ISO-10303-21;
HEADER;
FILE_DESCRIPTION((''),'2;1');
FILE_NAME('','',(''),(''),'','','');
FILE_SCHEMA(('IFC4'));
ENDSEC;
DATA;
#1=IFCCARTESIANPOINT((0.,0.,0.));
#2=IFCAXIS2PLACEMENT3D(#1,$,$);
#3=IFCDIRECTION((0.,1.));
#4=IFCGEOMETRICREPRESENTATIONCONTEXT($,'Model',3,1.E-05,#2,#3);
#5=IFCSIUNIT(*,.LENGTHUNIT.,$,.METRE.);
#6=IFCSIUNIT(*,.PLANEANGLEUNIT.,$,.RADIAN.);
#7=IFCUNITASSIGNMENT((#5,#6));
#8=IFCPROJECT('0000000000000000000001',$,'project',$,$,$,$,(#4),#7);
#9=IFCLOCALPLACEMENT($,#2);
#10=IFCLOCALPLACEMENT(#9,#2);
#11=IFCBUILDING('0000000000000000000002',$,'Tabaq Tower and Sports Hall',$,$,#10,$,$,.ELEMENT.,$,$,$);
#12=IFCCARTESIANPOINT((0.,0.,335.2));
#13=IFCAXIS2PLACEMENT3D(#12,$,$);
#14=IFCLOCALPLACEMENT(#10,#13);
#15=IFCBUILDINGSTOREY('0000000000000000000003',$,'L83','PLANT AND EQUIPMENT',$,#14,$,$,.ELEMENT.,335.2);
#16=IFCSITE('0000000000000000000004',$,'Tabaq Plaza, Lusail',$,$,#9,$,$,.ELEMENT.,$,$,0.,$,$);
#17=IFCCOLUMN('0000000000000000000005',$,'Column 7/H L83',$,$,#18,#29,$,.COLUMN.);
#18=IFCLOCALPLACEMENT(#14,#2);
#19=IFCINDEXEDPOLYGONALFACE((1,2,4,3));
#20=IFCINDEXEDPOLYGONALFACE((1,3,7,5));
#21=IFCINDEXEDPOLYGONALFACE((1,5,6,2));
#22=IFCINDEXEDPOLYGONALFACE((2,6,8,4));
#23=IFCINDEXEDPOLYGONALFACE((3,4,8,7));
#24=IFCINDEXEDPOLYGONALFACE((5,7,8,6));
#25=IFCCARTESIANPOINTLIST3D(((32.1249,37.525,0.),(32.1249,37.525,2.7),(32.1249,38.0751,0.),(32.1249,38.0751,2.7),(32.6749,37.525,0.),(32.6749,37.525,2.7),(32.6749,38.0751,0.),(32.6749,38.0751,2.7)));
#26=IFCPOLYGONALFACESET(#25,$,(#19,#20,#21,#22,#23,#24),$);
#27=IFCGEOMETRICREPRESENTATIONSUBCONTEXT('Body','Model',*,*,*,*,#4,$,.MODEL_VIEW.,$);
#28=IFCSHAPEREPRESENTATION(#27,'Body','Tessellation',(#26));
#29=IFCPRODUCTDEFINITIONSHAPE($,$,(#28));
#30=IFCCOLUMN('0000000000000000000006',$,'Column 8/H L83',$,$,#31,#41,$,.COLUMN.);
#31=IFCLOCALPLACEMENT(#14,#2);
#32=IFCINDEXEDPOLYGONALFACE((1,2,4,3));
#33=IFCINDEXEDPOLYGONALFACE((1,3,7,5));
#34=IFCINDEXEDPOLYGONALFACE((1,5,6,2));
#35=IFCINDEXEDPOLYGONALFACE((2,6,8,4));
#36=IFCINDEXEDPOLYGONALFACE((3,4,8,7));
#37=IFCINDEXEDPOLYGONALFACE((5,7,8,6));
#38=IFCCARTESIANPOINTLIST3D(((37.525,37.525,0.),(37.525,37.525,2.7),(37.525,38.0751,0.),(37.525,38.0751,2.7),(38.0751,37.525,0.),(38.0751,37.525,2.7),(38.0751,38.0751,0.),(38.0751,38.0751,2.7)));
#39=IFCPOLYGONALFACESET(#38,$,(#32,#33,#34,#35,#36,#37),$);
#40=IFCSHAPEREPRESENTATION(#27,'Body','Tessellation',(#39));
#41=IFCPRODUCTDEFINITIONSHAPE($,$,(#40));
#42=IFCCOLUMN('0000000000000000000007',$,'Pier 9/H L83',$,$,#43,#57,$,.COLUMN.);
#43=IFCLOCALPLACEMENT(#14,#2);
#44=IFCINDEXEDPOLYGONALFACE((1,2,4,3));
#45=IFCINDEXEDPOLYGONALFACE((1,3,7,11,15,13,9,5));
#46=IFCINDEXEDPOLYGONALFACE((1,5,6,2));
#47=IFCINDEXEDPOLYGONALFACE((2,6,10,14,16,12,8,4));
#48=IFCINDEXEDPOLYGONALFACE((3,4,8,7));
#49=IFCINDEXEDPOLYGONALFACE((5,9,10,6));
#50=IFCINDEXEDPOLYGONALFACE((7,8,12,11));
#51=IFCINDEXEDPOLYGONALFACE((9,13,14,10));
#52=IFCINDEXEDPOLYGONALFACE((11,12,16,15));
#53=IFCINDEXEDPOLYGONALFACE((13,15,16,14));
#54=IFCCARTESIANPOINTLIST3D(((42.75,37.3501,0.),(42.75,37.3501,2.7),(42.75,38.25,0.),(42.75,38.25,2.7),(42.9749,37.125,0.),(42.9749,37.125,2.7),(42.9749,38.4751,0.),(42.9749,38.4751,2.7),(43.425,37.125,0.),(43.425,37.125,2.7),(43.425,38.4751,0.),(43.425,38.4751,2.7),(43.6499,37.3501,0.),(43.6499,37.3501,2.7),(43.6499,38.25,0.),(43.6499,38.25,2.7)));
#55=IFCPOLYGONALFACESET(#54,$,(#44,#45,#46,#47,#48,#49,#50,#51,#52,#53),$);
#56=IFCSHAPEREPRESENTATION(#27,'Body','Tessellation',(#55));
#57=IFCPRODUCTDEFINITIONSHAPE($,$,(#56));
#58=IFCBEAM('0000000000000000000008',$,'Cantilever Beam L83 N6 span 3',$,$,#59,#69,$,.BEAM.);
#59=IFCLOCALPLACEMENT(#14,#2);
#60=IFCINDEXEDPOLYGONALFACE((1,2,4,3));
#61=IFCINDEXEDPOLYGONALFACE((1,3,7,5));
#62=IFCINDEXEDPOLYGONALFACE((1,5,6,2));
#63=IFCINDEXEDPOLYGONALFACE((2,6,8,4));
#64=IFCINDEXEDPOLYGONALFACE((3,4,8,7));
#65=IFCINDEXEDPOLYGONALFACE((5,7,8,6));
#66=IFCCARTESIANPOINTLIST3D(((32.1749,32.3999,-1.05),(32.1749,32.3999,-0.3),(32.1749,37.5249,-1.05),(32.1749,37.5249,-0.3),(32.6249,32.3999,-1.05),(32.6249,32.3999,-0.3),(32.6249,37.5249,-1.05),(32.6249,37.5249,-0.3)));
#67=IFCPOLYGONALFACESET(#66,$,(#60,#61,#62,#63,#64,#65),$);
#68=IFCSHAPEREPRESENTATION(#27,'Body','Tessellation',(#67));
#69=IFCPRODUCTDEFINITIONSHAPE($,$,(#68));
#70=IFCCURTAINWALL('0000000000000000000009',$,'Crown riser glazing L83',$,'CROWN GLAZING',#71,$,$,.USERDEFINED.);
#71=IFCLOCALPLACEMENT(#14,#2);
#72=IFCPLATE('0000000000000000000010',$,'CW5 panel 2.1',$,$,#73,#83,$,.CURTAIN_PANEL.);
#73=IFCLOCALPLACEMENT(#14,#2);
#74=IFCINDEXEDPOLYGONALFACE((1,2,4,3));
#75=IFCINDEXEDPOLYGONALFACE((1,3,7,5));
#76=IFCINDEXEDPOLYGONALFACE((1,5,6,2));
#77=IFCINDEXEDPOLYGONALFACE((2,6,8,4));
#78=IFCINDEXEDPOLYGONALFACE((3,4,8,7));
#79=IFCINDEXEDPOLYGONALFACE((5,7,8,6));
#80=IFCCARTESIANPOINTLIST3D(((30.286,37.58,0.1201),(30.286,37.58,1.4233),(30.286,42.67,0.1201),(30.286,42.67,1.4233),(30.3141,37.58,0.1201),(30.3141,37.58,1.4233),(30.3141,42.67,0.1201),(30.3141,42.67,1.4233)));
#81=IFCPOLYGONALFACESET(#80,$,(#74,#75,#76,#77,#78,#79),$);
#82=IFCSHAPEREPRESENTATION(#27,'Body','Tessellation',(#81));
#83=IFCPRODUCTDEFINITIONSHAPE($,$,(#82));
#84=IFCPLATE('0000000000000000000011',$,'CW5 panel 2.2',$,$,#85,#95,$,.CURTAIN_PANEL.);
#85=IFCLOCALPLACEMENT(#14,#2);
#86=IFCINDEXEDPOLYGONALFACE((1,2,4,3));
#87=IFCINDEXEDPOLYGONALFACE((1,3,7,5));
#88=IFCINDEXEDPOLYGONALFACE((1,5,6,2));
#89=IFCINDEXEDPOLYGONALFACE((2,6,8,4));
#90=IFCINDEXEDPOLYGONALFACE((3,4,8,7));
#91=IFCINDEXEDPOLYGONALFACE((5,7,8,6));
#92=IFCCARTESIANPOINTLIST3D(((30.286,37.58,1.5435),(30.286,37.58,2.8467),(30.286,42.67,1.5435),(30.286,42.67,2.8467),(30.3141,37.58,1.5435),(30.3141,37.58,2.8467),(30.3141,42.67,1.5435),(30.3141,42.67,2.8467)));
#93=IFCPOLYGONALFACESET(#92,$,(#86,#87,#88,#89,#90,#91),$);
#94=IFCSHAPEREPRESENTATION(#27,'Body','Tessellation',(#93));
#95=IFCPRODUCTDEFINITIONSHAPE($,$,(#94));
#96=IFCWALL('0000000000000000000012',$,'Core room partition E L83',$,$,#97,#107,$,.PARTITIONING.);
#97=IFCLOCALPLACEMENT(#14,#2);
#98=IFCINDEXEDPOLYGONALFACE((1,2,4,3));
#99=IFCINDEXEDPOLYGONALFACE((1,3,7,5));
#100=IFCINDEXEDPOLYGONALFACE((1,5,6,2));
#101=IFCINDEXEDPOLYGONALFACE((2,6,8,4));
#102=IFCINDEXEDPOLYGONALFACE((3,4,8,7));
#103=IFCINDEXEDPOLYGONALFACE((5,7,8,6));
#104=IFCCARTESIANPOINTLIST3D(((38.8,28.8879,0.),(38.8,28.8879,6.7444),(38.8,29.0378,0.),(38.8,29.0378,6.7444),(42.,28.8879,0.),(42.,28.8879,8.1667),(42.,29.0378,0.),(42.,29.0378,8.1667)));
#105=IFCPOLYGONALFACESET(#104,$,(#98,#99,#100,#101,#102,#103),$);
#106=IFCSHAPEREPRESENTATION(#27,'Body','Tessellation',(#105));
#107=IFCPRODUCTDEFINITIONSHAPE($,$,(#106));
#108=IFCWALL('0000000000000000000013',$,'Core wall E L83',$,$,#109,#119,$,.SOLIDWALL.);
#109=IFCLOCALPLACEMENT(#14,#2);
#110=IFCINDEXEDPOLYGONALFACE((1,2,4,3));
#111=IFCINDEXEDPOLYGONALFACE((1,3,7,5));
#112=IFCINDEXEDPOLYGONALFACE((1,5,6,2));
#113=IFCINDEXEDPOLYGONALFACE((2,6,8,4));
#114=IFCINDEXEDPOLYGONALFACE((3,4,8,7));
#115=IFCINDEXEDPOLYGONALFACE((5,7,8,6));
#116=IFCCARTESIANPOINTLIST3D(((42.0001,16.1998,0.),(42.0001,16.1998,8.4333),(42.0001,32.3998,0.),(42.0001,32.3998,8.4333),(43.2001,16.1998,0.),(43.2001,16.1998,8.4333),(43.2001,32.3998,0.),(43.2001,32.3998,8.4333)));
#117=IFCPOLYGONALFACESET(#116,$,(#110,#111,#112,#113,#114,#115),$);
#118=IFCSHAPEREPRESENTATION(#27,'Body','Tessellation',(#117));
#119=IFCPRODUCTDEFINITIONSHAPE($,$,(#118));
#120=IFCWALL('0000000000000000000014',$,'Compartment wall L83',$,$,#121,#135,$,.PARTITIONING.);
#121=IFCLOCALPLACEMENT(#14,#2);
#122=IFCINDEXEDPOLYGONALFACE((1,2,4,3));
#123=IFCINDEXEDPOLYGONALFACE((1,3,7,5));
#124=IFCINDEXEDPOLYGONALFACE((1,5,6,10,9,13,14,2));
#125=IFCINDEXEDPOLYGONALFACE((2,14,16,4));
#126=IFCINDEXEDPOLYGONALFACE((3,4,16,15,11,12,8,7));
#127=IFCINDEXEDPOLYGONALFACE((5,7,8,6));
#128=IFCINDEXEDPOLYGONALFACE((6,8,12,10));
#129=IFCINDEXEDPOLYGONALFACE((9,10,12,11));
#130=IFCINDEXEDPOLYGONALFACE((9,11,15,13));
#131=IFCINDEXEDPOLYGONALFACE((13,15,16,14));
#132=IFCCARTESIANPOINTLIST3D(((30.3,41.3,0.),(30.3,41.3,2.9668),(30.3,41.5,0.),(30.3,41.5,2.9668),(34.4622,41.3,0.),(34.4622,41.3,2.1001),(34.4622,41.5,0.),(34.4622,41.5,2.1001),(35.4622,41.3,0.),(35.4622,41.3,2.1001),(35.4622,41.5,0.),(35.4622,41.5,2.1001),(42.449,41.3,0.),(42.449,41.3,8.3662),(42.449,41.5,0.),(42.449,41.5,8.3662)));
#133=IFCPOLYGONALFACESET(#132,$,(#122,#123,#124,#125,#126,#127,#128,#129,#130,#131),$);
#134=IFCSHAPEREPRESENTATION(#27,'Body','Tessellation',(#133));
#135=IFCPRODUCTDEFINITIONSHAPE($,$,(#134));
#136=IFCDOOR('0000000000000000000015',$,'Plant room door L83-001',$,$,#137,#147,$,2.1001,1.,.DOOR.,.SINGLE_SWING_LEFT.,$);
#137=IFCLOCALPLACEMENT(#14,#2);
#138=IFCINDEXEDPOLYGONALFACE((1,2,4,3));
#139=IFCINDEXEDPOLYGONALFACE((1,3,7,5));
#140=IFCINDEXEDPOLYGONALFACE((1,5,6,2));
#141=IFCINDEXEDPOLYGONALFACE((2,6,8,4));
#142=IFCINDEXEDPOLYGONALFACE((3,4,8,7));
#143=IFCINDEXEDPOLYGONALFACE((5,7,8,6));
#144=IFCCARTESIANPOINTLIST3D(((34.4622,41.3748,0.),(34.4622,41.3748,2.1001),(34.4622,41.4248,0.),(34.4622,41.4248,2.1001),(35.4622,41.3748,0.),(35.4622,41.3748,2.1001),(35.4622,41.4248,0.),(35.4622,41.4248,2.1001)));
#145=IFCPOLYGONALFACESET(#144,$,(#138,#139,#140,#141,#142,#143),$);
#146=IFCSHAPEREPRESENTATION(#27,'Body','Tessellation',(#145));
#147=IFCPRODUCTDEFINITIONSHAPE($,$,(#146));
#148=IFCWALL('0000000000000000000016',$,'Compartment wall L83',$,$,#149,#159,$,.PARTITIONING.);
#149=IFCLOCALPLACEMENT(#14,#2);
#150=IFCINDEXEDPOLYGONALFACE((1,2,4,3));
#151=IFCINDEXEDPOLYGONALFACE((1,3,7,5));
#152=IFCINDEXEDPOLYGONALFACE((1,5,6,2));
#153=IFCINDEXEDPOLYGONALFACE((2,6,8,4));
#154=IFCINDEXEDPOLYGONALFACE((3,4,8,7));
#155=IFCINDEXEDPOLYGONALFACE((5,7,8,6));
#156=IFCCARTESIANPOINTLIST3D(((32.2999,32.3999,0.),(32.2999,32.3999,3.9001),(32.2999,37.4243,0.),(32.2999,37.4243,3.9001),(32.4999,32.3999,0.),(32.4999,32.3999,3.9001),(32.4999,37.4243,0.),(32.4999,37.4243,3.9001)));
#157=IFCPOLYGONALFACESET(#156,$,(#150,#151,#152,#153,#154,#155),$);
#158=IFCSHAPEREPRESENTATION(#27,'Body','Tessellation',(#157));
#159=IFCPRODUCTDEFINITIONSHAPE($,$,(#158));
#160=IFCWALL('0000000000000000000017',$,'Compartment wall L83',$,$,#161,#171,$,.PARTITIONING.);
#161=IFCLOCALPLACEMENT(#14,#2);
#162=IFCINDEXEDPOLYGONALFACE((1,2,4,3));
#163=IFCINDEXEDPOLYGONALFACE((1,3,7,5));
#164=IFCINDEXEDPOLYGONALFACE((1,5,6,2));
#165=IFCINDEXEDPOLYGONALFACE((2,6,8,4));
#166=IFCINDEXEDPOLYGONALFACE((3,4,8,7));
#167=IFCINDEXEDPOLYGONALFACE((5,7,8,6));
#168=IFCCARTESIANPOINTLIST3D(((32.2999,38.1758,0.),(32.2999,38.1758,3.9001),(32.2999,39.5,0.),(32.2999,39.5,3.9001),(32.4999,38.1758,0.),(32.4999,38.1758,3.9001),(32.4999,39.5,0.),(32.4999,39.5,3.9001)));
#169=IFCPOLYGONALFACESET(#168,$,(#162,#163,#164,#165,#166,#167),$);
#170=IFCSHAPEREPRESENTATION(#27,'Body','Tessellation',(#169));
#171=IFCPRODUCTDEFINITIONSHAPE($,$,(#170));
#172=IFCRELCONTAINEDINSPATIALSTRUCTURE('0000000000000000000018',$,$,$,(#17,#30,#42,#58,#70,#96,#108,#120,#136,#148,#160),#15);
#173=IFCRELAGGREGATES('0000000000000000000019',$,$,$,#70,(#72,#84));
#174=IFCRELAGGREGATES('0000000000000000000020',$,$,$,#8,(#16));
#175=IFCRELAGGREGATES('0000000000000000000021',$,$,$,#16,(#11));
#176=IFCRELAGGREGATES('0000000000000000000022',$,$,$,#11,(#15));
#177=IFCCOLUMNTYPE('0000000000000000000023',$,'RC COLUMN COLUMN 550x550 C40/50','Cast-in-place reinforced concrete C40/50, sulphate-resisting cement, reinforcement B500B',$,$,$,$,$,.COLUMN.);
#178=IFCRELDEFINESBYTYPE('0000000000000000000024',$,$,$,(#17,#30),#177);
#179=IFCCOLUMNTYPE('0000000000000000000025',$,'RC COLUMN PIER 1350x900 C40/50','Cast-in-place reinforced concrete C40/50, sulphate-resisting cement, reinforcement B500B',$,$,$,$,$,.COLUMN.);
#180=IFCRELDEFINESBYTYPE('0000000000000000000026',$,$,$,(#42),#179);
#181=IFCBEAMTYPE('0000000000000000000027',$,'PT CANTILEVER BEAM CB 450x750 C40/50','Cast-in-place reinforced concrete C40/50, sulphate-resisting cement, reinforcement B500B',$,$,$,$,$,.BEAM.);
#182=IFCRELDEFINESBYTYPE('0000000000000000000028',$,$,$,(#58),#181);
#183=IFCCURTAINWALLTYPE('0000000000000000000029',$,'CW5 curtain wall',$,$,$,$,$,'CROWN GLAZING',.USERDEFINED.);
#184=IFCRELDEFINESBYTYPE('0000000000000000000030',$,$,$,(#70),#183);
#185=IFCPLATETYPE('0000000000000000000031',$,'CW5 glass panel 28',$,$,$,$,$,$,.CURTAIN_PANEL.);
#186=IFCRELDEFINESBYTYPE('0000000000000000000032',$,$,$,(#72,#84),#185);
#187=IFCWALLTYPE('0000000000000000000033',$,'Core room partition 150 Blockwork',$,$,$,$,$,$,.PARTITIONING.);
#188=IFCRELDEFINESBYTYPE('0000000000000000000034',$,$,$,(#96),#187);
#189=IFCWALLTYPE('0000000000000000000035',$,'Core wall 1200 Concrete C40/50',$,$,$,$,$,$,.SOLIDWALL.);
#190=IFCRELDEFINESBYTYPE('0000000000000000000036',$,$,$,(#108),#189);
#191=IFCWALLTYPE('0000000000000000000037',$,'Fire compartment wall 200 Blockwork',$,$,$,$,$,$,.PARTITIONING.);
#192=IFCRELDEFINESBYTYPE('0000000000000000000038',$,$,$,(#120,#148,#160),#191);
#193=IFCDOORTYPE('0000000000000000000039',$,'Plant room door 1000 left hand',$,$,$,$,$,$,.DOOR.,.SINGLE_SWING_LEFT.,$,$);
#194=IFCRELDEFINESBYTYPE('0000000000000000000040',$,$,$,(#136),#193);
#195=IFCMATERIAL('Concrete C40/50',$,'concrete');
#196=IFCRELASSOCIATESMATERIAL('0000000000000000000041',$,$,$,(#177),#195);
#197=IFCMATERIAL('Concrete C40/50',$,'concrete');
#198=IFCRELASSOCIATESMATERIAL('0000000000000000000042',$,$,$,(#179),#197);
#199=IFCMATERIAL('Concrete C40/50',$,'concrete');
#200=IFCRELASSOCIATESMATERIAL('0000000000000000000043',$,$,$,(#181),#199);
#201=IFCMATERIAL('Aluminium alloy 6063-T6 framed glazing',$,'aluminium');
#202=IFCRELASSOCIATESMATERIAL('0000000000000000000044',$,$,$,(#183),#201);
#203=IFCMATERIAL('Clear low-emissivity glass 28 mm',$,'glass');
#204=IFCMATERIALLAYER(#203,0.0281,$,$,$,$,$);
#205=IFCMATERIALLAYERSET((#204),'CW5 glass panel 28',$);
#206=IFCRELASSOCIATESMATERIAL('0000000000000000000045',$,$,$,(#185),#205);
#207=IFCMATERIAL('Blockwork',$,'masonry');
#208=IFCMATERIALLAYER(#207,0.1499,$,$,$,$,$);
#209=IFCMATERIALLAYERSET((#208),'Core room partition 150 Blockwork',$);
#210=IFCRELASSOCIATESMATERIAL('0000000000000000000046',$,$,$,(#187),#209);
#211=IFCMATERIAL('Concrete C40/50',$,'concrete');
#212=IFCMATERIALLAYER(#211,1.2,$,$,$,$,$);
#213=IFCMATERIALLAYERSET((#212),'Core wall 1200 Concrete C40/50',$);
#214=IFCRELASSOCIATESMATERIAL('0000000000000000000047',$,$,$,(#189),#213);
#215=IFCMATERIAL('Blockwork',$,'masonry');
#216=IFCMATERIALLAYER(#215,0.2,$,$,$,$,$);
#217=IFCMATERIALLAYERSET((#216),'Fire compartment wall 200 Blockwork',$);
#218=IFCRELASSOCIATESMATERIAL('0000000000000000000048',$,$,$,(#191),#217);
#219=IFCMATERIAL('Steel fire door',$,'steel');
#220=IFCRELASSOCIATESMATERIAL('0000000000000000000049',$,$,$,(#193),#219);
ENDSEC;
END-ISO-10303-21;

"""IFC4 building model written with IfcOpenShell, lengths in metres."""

from ifc_helpers import new_model, si_unit, direction, frame, frame_2d, origin, origin_2d, place, context, subcontext, project, spatial, polyline, rectangle, outline, extrude, material, layer, layer_set, material_profile, profile_set, type_object, element, fill, aggregate, save


model = new_model("IFC4")

# Units and contexts
model_context = context("Model", 3, precision=1e-05, world=origin(), true_north=direction((0.0, 1.0)))
body_context = subcontext(model_context, "Body", "Model", "MODEL_VIEW")
ifc_project = project(units=[si_unit("LENGTHUNIT", "METRE"), si_unit("PLANEANGLEUNIT", "RADIAN")], contexts=[model_context])

# Site, building, storey
site_placement = place(None, origin())
site = spatial("IfcSite", under=ifc_project, at=site_placement, Name="Tabaq Plaza, Lusail", CompositionType="ELEMENT", RefElevation=0.0)
building_placement = place(site_placement, origin())
building = spatial("IfcBuilding", under=site, at=building_placement, Name="Tabaq Tower and Sports Hall", CompositionType="ELEMENT")
storey_placement = place(building_placement, frame((0.0, 0.0, 335.2)))
storey = spatial("IfcBuildingStorey", under=building, at=storey_placement, Name="L83", Description="PLANT AND EQUIPMENT", CompositionType="ELEMENT", Elevation=335.2)

# Columns
ifc_material_1 = material(Name="Concrete C40/50", Category="concrete")
ifc_material_profile_1 = material_profile(ifc_material_1, rectangle(XDim=0.55, YDim=0.55, at=origin_2d()), Name="COLUMN 550x550")
ifc_profile_set_1 = profile_set([ifc_material_profile_1], Name="Concrete C40/50")
column_type_1 = type_object("IfcColumnType", Name="RC COLUMN COLUMN 550x550 C40/50", Description="Cast-in-place reinforced concrete C40/50, sulphate-resisting cement, reinforcement B500B", PredefinedType="COLUMN", material=ifc_profile_set_1)
for number, where, z_axis, x_axis, name in (
    (1, (32.3999, 37.8, 0.0), (0.0, 0.0, 1.0), (1.0, 0.0, 0.0), "Column 7/H L83"),
    (2, (37.8, 37.8, 0.0), (0.0, 0.0, 1.0), (1.0, 0.0, 0.0), "Column 8/H L83"),
):
    element("IfcColumn", number, at=place(storey_placement, frame(where, z_axis=z_axis, x_axis=x_axis)), inside=storey, type_object=column_type_1, Name=name, PredefinedType="COLUMN", context=body_context, shape_type="SweptSolid", body=[
        extrude(rectangle(XDim=0.55, YDim=0.55, at=origin_2d()), origin(), (0.0, 0.0, 1.0), 2.7),
    ])
ifc_material_2 = material(Name="Concrete C40/50", Category="concrete")
ifc_material_profile_2 = material_profile(ifc_material_2, outline(polyline([(-0.45, -0.45), (0.45, -0.45), (0.675, -0.2251), (0.675, 0.2251), (0.45, 0.45), (-0.45, 0.45), (-0.675, 0.2251), (-0.675, -0.2251), (-0.45, -0.45)])), Name="PIER 1350x900")
ifc_profile_set_2 = profile_set([ifc_material_profile_2], Name="Concrete C40/50")
column_type_2 = type_object("IfcColumnType", Name="RC COLUMN PIER 1350x900 C40/50", Description="Cast-in-place reinforced concrete C40/50, sulphate-resisting cement, reinforcement B500B", PredefinedType="COLUMN", material=ifc_profile_set_2)
column_placement = place(storey_placement, frame((43.2, 37.8, 0.0), z_axis=(0.0, 0.0, 1.0), x_axis=(0.0, 1.0, 0.0)))
element("IfcColumn", 3, at=column_placement, inside=storey, type_object=column_type_2, Name="Pier 9/H L83", PredefinedType="COLUMN", context=body_context, shape_type="SweptSolid", body=[
    extrude(outline(polyline([(-0.45, -0.45), (0.45, -0.45), (0.675, -0.2251), (0.675, 0.2251), (0.45, 0.45), (-0.45, 0.45), (-0.675, 0.2251), (-0.675, -0.2251), (-0.45, -0.45)])), origin(), (0.0, 0.0, 1.0), 2.7),
])

# Beam
ifc_material_3 = material(Name="Concrete C40/50", Category="concrete")
ifc_material_profile_3 = material_profile(ifc_material_3, rectangle(XDim=0.45, YDim=0.75, at=origin_2d()), Name="CB 450x750")
ifc_profile_set_3 = profile_set([ifc_material_profile_3], Name="Concrete C40/50")
beam_type = type_object("IfcBeamType", Name="PT CANTILEVER BEAM CB 450x750 C40/50", Description="Cast-in-place reinforced concrete C40/50, sulphate-resisting cement, reinforcement B500B", PredefinedType="BEAM", material=ifc_profile_set_3)
beam_placement = place(storey_placement, frame((32.3999, 37.5249, -0.675), z_axis=(0.0, -1.0, 0.0), x_axis=(1.0, 0.0, 0.0)))
element("IfcBeam", 4, at=beam_placement, inside=storey, type_object=beam_type, Name="Cantilever Beam L83 N6 span 3", PredefinedType="BEAM", context=body_context, shape_type="SweptSolid", body=[
    extrude(rectangle(XDim=0.45, YDim=0.75, at=origin_2d()), origin(), (0.0, 0.0, 1.0), 5.125),
])

# Curtain wall, plates
ifc_material_4 = material(Name="Aluminium alloy 6063-T6 framed glazing", Category="aluminium")
curtain_wall_type = type_object("IfcCurtainWallType", Name="CW5 curtain wall", ElementType="CROWN GLAZING", PredefinedType="USERDEFINED", material=ifc_material_4)
curtain_wall_placement = place(storey_placement, origin())
curtain_wall = element("IfcCurtainWall", 5, at=curtain_wall_placement, inside=storey, type_object=curtain_wall_type, Name="Crown riser glazing L83", ObjectType="CROWN GLAZING", PredefinedType="USERDEFINED")
ifc_material_5 = material(Name="Clear low-emissivity glass 28 mm", Category="glass")
ifc_layer_1 = layer(ifc_material_5, 0.0281)
ifc_layer_set_1 = layer_set([ifc_layer_1], Name="CW5 glass panel 28")
plate_type = type_object("IfcPlateType", Name="CW5 glass panel 28", PredefinedType="CURTAIN_PANEL", material=ifc_layer_set_1)
plate_1_placement = place(storey_placement, frame((30.3, 40.125, 0.1201), z_axis=(0.0, 0.0, 1.0), x_axis=(0.0, -1.0, 0.0)))
plate_1 = element("IfcPlate", 6, at=plate_1_placement, type_object=plate_type, Name="CW5 panel 2.1", PredefinedType="CURTAIN_PANEL", context=body_context, shape_type="SweptSolid", body=[
    extrude(rectangle(XDim=5.0901, YDim=0.0281, at=origin_2d()), origin(), (0.0, 0.0, 1.0), 1.3032),
])
plate_2_placement = place(storey_placement, frame((30.3, 40.125, 1.5435), z_axis=(0.0, 0.0, 1.0), x_axis=(0.0, -1.0, 0.0)))
plate_2 = element("IfcPlate", 7, at=plate_2_placement, type_object=plate_type, Name="CW5 panel 2.2", PredefinedType="CURTAIN_PANEL", context=body_context, shape_type="SweptSolid", body=[
    extrude(rectangle(XDim=5.0901, YDim=0.0281, at=origin_2d()), origin(), (0.0, 0.0, 1.0), 1.3032),
])
aggregate(curtain_wall, [plate_1, plate_2])

# Walls
ifc_material_6 = material(Name="Blockwork", Category="masonry")
ifc_layer_2 = layer(ifc_material_6, 0.1499)
ifc_layer_set_2 = layer_set([ifc_layer_2], Name="Core room partition 150 Blockwork")
wall_type_1 = type_object("IfcWallType", Name="Core room partition 150 Blockwork", PredefinedType="PARTITIONING", material=ifc_layer_set_2)
wall_1_placement = place(storey_placement, frame((38.8, 28.9629, 0.0), z_axis=(0.0, 0.0, 1.0), x_axis=(1.0, 0.0, 0.0)))
element("IfcWall", 8, at=wall_1_placement, inside=storey, type_object=wall_type_1, Name="Core room partition E L83", PredefinedType="PARTITIONING", context=body_context, shape_type="SweptSolid", body=[
    extrude(outline(polyline([(0.0, 0.0), (3.2, 0.0), (3.2, 8.1667), (0.0, 6.7444), (0.0, 0.0)])), frame((0.0, 0.075, 0.0), z_axis=(0.0, -1.0, 0.0), x_axis=(1.0, 0.0, 0.0)), (0.0, 0.0, 1.0), 0.1499),
])
ifc_material_7 = material(Name="Concrete C40/50", Category="concrete")
ifc_layer_3 = layer(ifc_material_7, 1.2)
ifc_layer_set_3 = layer_set([ifc_layer_3], Name="Core wall 1200 Concrete C40/50")
wall_type_2 = type_object("IfcWallType", Name="Core wall 1200 Concrete C40/50", PredefinedType="SOLIDWALL", material=ifc_layer_set_3)
wall_2_placement = place(storey_placement, frame((42.6001, 32.3999, 0.0), z_axis=(0.0, 0.0, 1.0), x_axis=(0.0, -1.0, 0.0)))
element("IfcWall", 9, at=wall_2_placement, inside=storey, type_object=wall_type_2, Name="Core wall E L83", PredefinedType="SOLIDWALL", context=body_context, shape_type="SweptSolid", body=[
    extrude(rectangle(XDim=16.2, YDim=1.2, at=frame_2d((8.1001, 0.0))), origin(), (0.0, 0.0, 1.0), 8.4333),
])

# Wall, opening, door
ifc_material_8 = material(Name="Blockwork", Category="masonry")
ifc_layer_4 = layer(ifc_material_8, 0.2)
ifc_layer_set_4 = layer_set([ifc_layer_4], Name="Fire compartment wall 200 Blockwork")
wall_type_3 = type_object("IfcWallType", Name="Fire compartment wall 200 Blockwork", PredefinedType="PARTITIONING", material=ifc_layer_set_4)
wall_3_placement = place(storey_placement, frame((30.3, 41.3999, 0.0), z_axis=(0.0, 0.0, 1.0), x_axis=(1.0, 0.0, 0.0)))
wall_3 = element("IfcWall", 10, at=wall_3_placement, inside=storey, type_object=wall_type_3, Name="Compartment wall L83", PredefinedType="PARTITIONING", context=body_context, shape_type="SweptSolid", body=[
    extrude(outline(polyline([(0.0, 0.0), (12.1489, 0.0), (12.1489, 8.3662), (0.0, 2.9668), (0.0, 0.0)])), frame((0.0, 0.1001, 0.0), z_axis=(0.0, -1.0, 0.0), x_axis=(1.0, 0.0, 0.0)), (0.0, 0.0, 1.0), 0.2),
])
opening_1_placement = place(wall_3_placement, frame((4.1621, 0.0, 0.0)))
opening_1 = element("IfcOpeningElement", 11, at=opening_1_placement, cuts=wall_3, PredefinedType="OPENING", context=body_context, shape_type="SweptSolid", body=[
    extrude(rectangle(XDim=1.0, YDim=2.1001, at=frame_2d((0.5, 1.05))), frame((0.0, 0.1001, 0.0), z_axis=(0.0, -1.0, 0.0), x_axis=(1.0, 0.0, 0.0)), (0.0, 0.0, 1.0), 0.2),
])
ifc_material_9 = material(Name="Steel fire door", Category="steel")
door_type_1 = type_object("IfcDoorType", Name="Plant room door 1000 left hand", OperationType="SINGLE_SWING_LEFT", PredefinedType="DOOR", material=ifc_material_9)
door_1_placement = place(opening_1_placement, origin())
door_1 = element("IfcDoor", 12, at=door_1_placement, inside=storey, type_object=door_type_1, Name="Plant room door L83-001", OperationType="SINGLE_SWING_LEFT", OverallHeight=2.1001, OverallWidth=1.0, PredefinedType="DOOR", context=body_context, shape_type="SweptSolid", body=[
    extrude(rectangle(XDim=1.0, YDim=2.1001, at=frame_2d((0.5, 1.05))), frame((0.0, 0.0249, 0.0), z_axis=(0.0, -1.0, 0.0), x_axis=(1.0, 0.0, 0.0)), (0.0, 0.0, 1.0), 0.05),
])
fill(opening_1, door_1)

# Walls
wall_4_placement = place(storey_placement, frame((32.3999, 32.3999, 0.0), z_axis=(0.0, 0.0, 1.0), x_axis=(0.0, 1.0, 0.0)))
element("IfcWall", 13, at=wall_4_placement, inside=storey, type_object=wall_type_3, Name="Compartment wall L83", PredefinedType="PARTITIONING", context=body_context, shape_type="SweptSolid", body=[
    extrude(rectangle(XDim=5.0244, YDim=0.2, at=frame_2d((2.5122, 0.0))), origin(), (0.0, 0.0, 1.0), 3.9001),
])
wall_5_placement = place(storey_placement, frame((32.3999, 38.1758, 0.0), z_axis=(0.0, 0.0, 1.0), x_axis=(0.0, 1.0, 0.0)))
element("IfcWall", 14, at=wall_5_placement, inside=storey, type_object=wall_type_3, Name="Compartment wall L83", PredefinedType="PARTITIONING", context=body_context, shape_type="SweptSolid", body=[
    extrude(rectangle(XDim=1.3242, YDim=0.2, at=frame_2d((0.6621, 0.0))), origin(), (0.0, 0.0, 1.0), 3.9001),
])

save(model, "model.ifc")
